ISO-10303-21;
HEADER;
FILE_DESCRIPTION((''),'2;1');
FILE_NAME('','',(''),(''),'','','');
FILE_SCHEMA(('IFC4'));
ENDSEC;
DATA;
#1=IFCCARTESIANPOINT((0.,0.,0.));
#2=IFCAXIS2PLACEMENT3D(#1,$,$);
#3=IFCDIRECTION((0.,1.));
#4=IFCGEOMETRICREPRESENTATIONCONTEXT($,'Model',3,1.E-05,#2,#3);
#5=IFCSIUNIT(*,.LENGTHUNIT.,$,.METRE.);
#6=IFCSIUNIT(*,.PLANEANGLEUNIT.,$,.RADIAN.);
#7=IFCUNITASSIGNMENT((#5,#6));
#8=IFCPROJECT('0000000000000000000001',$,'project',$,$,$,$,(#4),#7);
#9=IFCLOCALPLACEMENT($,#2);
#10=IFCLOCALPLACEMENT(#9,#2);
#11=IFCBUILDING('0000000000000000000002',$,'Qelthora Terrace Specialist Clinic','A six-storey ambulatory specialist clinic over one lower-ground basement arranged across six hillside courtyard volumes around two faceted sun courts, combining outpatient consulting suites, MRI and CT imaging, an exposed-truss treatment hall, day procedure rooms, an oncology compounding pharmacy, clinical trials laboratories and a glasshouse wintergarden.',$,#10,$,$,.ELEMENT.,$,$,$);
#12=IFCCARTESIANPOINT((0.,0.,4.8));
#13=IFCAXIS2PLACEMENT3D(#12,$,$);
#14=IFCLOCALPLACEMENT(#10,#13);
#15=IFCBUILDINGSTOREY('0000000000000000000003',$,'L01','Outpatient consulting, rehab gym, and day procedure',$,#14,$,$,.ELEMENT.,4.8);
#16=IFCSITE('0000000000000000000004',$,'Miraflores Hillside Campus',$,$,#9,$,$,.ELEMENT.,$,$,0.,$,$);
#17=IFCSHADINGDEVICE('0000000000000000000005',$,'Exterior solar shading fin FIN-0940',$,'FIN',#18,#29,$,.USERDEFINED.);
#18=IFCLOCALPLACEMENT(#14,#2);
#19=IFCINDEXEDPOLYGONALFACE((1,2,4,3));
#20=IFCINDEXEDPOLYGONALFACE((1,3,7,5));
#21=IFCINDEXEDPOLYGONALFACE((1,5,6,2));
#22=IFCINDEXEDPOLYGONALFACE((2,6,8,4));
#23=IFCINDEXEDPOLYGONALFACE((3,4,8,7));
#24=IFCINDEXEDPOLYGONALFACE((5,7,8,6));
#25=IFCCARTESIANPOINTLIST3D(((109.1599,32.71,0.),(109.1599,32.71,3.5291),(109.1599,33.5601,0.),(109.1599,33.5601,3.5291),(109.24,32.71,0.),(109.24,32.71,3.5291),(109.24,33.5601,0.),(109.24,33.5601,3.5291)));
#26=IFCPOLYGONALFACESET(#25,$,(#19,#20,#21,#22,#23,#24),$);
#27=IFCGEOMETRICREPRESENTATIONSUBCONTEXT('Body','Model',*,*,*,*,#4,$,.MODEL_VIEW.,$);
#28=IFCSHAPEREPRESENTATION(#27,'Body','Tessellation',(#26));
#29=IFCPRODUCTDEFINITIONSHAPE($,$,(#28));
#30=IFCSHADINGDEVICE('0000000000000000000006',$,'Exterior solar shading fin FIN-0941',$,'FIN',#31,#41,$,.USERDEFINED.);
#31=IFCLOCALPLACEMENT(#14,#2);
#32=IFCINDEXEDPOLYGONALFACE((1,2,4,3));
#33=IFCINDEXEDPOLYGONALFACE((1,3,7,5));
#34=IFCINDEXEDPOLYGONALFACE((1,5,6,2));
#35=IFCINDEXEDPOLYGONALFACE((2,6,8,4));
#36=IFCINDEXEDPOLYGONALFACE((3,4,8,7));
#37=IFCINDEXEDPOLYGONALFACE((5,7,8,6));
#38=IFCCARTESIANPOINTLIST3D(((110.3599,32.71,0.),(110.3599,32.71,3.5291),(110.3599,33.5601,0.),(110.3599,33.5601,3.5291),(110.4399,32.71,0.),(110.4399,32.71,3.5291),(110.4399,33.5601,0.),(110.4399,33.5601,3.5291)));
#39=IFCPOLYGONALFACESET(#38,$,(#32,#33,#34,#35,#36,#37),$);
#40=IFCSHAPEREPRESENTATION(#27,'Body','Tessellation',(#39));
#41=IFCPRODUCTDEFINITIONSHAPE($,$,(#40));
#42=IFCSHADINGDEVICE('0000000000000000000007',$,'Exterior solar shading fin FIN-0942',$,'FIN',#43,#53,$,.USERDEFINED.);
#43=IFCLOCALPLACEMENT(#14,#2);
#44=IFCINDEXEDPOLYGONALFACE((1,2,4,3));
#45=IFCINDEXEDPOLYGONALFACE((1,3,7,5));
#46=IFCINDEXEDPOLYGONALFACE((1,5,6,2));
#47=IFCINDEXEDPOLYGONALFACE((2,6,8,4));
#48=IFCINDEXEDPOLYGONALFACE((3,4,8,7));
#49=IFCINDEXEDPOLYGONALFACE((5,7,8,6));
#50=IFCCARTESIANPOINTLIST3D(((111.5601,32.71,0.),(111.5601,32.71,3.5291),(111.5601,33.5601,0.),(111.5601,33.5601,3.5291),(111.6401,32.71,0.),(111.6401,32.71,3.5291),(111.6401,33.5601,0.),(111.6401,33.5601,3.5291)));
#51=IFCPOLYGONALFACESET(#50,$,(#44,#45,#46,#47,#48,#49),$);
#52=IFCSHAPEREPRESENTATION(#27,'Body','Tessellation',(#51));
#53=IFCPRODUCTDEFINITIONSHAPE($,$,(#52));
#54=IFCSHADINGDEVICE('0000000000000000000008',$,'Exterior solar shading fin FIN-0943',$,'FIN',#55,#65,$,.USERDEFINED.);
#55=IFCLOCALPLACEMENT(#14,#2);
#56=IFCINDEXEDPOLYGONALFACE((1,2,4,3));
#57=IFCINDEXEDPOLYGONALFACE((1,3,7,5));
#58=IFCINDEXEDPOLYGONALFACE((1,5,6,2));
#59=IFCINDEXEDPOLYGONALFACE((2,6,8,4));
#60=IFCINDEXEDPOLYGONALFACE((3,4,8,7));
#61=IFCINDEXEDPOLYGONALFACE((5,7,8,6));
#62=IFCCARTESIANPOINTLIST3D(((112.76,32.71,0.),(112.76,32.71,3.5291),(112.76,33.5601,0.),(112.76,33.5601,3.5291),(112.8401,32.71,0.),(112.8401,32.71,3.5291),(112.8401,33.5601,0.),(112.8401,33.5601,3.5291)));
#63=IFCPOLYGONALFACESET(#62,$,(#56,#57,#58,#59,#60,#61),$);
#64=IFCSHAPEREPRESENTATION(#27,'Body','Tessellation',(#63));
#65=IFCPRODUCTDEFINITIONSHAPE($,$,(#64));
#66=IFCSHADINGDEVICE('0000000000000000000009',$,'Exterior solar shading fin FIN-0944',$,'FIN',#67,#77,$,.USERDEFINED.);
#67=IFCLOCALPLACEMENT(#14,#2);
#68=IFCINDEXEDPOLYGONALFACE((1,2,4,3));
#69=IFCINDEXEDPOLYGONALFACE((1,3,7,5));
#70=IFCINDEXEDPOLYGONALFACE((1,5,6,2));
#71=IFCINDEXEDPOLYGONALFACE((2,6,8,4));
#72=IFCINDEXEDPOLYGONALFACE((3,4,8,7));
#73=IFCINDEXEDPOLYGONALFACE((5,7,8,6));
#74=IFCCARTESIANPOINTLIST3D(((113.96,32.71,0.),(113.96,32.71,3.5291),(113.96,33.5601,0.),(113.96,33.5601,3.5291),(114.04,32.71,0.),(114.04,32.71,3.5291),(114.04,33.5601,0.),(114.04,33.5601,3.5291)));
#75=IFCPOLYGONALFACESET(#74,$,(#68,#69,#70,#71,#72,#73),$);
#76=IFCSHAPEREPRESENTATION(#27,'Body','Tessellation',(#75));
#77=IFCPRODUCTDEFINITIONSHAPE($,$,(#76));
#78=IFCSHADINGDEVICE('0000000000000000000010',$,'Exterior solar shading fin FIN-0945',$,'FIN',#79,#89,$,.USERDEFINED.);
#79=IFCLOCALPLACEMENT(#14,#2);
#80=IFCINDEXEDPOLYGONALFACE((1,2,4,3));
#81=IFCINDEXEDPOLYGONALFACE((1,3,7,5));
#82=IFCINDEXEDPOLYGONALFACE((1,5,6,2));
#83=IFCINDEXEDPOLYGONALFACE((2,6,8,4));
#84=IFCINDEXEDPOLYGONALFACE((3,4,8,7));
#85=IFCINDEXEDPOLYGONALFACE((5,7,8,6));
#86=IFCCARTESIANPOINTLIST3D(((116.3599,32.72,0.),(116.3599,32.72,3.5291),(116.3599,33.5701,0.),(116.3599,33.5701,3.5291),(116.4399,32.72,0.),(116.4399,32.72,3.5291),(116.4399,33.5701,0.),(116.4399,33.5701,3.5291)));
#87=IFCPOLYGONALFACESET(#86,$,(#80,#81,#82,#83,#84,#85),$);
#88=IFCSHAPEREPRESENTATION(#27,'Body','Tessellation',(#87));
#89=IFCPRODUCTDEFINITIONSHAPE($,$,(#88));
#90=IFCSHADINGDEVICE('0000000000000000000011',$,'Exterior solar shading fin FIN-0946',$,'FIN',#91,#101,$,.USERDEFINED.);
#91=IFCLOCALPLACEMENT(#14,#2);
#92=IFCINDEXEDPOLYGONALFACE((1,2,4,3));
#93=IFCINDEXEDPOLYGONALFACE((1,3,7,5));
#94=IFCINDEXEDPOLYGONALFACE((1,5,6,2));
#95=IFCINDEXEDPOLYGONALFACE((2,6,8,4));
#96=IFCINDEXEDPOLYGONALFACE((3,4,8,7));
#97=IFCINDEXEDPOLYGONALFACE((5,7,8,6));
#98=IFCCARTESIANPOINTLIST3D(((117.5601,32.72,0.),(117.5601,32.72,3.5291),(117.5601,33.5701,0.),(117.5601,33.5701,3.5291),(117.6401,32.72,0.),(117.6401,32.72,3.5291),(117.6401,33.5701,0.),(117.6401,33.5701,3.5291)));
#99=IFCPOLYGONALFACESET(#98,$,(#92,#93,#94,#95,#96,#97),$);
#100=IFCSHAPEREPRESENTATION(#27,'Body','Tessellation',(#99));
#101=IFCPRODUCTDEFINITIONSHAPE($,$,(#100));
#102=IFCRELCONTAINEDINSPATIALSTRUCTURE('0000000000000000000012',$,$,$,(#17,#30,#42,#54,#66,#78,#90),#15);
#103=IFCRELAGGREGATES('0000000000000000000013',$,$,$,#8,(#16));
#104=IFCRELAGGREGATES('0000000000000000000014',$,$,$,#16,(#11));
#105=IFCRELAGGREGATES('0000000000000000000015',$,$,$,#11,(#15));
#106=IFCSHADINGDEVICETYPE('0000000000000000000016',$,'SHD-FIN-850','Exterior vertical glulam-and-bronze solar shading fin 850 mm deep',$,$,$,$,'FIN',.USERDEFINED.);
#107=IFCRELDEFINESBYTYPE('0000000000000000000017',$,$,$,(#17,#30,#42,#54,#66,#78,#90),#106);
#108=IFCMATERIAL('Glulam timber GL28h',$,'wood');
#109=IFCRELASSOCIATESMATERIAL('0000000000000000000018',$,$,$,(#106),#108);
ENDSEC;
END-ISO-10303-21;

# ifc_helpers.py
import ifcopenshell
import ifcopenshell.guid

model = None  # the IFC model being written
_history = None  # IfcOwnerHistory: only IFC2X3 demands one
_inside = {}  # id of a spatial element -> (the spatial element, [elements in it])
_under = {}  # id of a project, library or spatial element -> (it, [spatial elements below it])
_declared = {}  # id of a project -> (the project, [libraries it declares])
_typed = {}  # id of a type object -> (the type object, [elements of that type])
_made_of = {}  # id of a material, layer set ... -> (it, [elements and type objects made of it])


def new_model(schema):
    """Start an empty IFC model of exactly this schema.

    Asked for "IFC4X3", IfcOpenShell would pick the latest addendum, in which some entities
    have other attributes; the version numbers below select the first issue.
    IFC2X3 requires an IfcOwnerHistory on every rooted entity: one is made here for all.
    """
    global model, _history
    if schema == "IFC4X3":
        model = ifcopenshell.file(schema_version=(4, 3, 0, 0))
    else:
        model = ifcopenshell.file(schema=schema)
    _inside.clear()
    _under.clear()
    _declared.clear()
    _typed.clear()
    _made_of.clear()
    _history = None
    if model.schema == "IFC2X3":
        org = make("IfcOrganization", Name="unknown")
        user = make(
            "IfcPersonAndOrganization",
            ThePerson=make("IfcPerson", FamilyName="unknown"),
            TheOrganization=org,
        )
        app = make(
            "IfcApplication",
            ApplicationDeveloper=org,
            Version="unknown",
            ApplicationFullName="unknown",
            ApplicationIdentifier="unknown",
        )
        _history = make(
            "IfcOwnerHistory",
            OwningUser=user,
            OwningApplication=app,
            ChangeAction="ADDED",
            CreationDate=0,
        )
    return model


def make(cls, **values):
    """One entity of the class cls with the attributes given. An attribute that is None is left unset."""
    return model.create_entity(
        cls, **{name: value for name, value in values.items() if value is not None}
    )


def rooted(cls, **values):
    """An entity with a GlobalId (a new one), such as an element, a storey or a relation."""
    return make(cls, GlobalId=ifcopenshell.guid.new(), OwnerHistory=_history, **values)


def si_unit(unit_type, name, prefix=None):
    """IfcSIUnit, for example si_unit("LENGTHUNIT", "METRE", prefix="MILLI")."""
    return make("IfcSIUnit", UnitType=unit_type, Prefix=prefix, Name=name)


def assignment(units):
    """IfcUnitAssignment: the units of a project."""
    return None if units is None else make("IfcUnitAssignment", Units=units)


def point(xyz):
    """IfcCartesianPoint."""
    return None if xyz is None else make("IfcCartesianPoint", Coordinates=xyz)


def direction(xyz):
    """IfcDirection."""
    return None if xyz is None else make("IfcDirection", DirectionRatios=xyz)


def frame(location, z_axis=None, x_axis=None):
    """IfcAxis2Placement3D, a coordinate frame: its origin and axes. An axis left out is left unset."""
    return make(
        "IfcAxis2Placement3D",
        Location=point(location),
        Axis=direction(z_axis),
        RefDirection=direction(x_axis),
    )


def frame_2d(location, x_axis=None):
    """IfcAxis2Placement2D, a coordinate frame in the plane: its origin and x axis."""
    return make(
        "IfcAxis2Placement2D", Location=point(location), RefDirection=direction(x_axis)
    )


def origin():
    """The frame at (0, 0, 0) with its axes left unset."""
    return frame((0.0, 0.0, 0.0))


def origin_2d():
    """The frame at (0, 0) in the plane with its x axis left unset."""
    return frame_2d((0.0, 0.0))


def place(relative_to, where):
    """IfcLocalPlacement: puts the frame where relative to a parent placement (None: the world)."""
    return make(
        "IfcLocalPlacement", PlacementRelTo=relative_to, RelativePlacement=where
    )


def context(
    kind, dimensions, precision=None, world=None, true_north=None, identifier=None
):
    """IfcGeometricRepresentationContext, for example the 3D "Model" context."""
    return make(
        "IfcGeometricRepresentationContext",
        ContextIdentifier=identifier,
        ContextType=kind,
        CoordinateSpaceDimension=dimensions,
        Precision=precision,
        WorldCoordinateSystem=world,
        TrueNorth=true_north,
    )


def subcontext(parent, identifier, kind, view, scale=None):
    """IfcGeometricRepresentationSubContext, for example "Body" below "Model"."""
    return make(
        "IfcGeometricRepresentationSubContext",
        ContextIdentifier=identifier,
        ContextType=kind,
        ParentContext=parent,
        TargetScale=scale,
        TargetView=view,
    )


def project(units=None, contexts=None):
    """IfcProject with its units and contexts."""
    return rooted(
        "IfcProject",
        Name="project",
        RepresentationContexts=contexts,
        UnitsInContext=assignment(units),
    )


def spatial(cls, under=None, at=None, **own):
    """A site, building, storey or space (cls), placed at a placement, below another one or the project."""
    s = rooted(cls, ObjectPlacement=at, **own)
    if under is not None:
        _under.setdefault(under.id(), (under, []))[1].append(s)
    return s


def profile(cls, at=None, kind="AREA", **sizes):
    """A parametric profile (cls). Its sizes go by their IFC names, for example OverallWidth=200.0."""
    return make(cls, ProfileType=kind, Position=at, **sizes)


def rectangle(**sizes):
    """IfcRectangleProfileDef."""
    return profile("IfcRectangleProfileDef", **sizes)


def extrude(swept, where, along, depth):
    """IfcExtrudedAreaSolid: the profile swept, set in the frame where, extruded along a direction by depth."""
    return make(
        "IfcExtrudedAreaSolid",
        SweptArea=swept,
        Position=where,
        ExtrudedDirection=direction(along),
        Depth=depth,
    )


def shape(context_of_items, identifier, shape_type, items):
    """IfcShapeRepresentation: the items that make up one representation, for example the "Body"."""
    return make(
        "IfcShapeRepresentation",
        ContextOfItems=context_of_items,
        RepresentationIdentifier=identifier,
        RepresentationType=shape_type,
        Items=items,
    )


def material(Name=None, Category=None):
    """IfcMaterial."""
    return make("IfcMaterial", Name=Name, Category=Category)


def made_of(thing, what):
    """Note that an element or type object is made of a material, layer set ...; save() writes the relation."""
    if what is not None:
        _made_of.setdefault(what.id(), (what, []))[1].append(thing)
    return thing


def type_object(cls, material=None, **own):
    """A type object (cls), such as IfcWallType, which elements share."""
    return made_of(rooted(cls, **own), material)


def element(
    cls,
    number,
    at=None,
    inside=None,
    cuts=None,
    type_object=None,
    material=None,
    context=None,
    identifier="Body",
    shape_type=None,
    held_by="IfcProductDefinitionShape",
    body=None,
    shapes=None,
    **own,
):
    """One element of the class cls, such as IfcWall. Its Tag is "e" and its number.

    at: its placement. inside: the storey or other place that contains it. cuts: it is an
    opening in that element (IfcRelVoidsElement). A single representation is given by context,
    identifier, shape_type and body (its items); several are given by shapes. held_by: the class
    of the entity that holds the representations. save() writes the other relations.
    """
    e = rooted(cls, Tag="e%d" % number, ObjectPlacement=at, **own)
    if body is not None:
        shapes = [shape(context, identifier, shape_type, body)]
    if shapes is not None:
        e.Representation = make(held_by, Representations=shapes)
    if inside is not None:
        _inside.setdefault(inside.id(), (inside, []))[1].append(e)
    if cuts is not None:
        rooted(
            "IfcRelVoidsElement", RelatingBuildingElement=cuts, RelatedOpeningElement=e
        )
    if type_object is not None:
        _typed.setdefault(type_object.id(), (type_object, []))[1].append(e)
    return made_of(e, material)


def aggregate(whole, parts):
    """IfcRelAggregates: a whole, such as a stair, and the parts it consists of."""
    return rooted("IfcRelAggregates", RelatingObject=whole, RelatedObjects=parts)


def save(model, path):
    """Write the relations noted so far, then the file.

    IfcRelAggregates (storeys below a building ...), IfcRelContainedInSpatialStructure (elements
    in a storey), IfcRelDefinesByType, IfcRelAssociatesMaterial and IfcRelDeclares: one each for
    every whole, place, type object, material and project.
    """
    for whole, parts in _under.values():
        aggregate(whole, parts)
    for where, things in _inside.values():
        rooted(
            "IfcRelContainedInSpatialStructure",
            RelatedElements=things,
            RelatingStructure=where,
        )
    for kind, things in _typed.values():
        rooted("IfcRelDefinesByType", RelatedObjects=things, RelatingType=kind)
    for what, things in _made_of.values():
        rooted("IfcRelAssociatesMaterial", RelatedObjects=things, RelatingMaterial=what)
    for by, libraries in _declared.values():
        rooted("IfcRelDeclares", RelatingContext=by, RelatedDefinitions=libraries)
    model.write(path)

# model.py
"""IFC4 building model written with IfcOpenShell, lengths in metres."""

from ifc_helpers import new_model, si_unit, direction, frame, origin, origin_2d, place, context, subcontext, project, spatial, rectangle, extrude, material, type_object, element, save


model = new_model("IFC4")

# Units and contexts
model_context = context("Model", 3, precision=1e-05, world=origin(), true_north=direction((0.0, 1.0)))
body_context = subcontext(model_context, "Body", "Model", "MODEL_VIEW")
ifc_project = project(units=[si_unit("LENGTHUNIT", "METRE"), si_unit("PLANEANGLEUNIT", "RADIAN")], contexts=[model_context])

# Site, building, storey
site_placement = place(None, origin())
site = spatial("IfcSite", under=ifc_project, at=site_placement, Name="Miraflores Hillside Campus", CompositionType="ELEMENT", RefElevation=0.0)
building_placement = place(site_placement, origin())
building = spatial("IfcBuilding", under=site, at=building_placement, Name="Qelthora Terrace Specialist Clinic", Description="A six-storey ambulatory specialist clinic over one lower-ground basement arranged across six hillside courtyard volumes around two faceted sun courts, combining outpatient consulting suites, MRI and CT imaging, an exposed-truss treatment hall, day procedure rooms, an oncology compounding pharmacy, clinical trials laboratories and a glasshouse wintergarden.", CompositionType="ELEMENT")
storey_placement = place(building_placement, frame((0.0, 0.0, 4.8)))
storey = spatial("IfcBuildingStorey", under=building, at=storey_placement, Name="L01", Description="Outpatient consulting, rehab gym, and day procedure", CompositionType="ELEMENT", Elevation=4.8)

# Shading devices
ifc_material_1 = material(Name="Glulam timber GL28h", Category="wood")
shading_device_type = type_object("IfcShadingDeviceType", Name="SHD-FIN-850", Description="Exterior vertical glulam-and-bronze solar shading fin 850 mm deep", ElementType="FIN", PredefinedType="USERDEFINED", material=ifc_material_1)
for number, where, z_axis, x_axis, name in (
    (1, (109.2, 33.135, 0.0), (0.0, 0.0, 1.0), (0.0, -1.0, 0.0), "Exterior solar shading fin FIN-0940"),
    (2, (110.3999, 33.135, 0.0), (0.0, 0.0, 1.0), (0.0, -1.0, 0.0), "Exterior solar shading fin FIN-0941"),
    (3, (111.6001, 33.135, 0.0), (0.0, 0.0, 1.0), (0.0, -1.0, 0.0), "Exterior solar shading fin FIN-0942"),
    (4, (112.8, 33.135, 0.0), (0.0, 0.0, 1.0), (0.0, -1.0, 0.0), "Exterior solar shading fin FIN-0943"),
    (5, (114.0, 33.135, 0.0), (0.0, 0.0, 1.0), (0.0, -1.0, 0.0), "Exterior solar shading fin FIN-0944"),
    (6, (116.3999, 33.145, 0.0), (0.0, 0.0, 1.0), (0.0, -1.0, 0.0), "Exterior solar shading fin FIN-0945"),
    (7, (117.6001, 33.145, 0.0), (0.0, 0.0, 1.0), (0.0, -1.0, 0.0), "Exterior solar shading fin FIN-0946"),
):
    element("IfcShadingDevice", number, at=place(storey_placement, frame(where, z_axis=z_axis, x_axis=x_axis)), inside=storey, type_object=shading_device_type, Name=name, ObjectType="FIN", PredefinedType="USERDEFINED", context=body_context, shape_type="SweptSolid", body=[
        extrude(rectangle(XDim=0.8501, YDim=0.0801, at=origin_2d()), origin(), (0.0, 0.0, 1.0), 3.5291),
    ])

save(model, "model.ifc")
